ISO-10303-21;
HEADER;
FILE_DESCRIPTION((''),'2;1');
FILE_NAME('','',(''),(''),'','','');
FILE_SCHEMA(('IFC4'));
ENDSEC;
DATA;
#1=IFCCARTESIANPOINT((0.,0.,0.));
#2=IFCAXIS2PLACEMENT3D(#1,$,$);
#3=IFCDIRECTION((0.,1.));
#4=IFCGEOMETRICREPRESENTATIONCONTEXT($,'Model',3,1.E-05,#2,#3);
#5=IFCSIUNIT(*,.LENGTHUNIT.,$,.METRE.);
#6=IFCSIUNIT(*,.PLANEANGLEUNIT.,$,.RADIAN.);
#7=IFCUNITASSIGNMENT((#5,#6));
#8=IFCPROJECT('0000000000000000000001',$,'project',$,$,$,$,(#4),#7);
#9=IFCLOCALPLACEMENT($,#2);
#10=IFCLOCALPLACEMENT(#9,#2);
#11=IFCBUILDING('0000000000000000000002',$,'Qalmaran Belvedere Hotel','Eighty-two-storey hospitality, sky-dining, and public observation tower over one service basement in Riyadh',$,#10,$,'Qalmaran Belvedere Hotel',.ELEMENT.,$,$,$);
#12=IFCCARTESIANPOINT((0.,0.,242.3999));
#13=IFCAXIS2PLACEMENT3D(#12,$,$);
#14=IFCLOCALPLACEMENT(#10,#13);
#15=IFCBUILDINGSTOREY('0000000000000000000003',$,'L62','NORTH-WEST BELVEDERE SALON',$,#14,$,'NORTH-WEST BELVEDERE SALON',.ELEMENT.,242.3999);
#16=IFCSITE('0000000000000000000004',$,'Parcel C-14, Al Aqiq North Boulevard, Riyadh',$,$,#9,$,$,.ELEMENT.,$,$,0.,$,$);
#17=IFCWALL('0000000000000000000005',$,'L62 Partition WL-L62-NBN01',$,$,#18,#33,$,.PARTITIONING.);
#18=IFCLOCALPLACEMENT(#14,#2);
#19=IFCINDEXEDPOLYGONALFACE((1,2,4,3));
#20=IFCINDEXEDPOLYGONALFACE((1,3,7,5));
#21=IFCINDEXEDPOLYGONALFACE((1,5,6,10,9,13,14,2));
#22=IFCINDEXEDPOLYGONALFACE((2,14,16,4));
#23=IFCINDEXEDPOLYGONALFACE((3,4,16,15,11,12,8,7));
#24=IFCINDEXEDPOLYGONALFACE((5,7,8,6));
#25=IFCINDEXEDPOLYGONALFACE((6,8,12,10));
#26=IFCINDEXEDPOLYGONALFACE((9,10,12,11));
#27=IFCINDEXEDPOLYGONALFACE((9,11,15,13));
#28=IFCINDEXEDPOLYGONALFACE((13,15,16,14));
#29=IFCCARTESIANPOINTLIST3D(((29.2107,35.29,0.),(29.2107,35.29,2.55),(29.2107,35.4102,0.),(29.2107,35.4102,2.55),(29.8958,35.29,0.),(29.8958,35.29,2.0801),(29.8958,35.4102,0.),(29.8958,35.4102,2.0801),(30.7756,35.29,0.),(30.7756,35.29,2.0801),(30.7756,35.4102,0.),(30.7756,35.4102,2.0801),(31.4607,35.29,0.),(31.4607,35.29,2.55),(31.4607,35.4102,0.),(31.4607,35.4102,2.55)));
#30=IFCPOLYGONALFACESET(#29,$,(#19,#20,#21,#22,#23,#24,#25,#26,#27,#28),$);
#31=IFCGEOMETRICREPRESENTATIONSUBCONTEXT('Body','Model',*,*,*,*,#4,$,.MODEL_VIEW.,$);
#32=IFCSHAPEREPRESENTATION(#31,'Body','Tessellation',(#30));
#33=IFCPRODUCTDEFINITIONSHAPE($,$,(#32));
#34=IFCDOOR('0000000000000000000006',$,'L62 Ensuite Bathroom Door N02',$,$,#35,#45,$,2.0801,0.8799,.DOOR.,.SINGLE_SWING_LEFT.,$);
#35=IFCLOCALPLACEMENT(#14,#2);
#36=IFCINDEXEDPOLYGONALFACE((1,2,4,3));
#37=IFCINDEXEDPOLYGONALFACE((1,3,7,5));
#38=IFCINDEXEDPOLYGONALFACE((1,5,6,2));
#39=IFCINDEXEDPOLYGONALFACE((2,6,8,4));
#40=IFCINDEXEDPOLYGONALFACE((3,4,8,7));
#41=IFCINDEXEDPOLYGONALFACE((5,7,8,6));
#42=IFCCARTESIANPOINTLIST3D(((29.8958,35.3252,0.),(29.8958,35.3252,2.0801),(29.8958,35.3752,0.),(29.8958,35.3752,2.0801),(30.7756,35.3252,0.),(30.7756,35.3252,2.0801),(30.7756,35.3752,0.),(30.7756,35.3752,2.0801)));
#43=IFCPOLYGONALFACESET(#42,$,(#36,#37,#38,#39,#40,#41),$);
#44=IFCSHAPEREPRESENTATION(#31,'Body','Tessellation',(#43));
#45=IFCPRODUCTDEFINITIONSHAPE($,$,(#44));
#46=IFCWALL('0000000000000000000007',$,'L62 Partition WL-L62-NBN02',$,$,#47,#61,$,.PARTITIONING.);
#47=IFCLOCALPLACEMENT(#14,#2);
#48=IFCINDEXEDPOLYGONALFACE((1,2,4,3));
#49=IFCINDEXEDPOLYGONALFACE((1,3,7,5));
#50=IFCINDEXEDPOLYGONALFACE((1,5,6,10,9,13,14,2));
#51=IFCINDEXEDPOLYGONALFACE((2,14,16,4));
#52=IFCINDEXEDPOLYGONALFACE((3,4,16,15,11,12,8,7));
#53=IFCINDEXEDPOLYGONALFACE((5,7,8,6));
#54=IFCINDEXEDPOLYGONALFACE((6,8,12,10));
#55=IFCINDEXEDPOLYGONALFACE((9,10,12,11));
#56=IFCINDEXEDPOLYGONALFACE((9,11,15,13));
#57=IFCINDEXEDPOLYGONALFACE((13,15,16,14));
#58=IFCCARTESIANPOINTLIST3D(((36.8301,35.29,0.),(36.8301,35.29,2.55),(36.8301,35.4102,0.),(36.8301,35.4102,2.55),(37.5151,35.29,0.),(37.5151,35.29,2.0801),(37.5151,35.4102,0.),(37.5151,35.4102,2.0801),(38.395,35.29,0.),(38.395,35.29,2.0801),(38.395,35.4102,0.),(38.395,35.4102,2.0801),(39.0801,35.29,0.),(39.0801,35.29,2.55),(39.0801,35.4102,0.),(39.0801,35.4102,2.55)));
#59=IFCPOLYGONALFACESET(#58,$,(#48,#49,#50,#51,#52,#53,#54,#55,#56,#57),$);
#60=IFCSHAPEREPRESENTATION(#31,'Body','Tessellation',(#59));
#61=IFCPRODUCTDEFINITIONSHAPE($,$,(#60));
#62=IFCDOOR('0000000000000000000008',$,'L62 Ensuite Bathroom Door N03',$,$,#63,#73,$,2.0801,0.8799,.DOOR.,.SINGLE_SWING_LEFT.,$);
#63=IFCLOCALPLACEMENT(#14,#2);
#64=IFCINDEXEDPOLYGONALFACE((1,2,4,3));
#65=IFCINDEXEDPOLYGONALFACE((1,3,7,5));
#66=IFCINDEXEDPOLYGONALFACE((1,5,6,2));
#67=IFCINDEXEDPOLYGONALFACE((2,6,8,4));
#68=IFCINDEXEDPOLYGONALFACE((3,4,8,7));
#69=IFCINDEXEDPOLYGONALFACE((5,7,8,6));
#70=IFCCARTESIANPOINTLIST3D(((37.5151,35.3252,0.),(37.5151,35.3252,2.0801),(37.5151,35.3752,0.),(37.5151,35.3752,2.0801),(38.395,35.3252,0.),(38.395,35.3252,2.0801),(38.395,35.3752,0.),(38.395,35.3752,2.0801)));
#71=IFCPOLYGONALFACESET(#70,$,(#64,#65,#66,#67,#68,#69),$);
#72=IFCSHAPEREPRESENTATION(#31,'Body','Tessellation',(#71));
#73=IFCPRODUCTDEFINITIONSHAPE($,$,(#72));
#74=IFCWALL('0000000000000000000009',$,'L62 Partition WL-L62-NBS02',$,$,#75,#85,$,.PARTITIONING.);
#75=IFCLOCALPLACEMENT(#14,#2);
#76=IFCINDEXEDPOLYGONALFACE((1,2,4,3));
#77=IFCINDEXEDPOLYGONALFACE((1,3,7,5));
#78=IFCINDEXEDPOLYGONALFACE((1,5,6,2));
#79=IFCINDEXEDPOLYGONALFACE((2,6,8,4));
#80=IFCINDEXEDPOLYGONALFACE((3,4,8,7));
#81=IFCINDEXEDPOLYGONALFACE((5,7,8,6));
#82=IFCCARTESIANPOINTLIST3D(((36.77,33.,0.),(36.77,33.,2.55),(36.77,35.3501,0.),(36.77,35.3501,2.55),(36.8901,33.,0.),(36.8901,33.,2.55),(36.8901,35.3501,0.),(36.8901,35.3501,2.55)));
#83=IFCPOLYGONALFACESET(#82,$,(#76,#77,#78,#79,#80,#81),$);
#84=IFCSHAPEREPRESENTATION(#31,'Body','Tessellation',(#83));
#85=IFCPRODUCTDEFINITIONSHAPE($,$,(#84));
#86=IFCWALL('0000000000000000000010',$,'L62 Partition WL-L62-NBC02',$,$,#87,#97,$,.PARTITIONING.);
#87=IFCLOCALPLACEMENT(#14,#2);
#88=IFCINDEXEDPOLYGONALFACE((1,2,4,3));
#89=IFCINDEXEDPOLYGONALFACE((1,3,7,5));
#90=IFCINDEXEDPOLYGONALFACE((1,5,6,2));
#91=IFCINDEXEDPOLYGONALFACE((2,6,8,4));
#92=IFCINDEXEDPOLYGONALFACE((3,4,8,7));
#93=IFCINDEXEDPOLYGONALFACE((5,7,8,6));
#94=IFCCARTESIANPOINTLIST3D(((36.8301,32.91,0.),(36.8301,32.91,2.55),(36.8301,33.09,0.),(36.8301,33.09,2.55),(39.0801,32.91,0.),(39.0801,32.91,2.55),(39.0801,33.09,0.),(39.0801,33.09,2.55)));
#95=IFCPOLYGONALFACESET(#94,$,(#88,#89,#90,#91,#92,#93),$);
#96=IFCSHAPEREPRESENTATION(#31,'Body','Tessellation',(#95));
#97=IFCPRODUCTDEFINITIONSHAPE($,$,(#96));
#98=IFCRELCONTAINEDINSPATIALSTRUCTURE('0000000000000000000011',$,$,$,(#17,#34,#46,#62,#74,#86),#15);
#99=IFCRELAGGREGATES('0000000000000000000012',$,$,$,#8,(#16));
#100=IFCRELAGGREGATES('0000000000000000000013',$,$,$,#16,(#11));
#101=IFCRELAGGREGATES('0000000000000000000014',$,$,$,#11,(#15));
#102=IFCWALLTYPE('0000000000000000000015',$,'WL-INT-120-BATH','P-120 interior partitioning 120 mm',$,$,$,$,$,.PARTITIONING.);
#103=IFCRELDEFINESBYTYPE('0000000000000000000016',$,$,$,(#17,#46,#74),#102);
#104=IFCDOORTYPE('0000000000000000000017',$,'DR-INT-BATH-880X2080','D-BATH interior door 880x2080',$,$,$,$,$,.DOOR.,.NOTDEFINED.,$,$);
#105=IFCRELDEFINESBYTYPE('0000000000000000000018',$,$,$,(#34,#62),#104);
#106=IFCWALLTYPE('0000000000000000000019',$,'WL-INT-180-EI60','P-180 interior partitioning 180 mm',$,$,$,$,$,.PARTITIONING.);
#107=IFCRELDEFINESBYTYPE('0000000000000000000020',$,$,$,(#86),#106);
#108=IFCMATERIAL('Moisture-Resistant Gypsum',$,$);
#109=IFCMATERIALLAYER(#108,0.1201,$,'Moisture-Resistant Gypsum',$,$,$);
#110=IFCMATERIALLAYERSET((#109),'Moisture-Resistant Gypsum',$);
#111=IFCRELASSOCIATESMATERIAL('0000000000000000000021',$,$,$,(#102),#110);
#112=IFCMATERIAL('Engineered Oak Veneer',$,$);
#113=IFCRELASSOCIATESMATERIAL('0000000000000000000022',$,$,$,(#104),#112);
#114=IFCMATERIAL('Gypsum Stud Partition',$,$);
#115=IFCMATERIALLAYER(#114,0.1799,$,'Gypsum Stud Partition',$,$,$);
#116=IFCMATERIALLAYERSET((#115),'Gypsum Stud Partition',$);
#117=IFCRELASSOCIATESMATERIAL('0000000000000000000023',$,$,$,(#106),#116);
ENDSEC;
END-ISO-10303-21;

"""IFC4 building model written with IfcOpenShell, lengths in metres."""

from ifc_helpers import new_model, si_unit, direction, frame, frame_2d, origin, place, context, subcontext, project, spatial, rectangle, extrude, material, layer, layer_set, type_object, element, fill, save


model = new_model("IFC4")

# Units and contexts
model_context = context("Model", 3, precision=1e-05, world=origin(), true_north=direction((0.0, 1.0)))
body_context = subcontext(model_context, "Body", "Model", "MODEL_VIEW")
ifc_project = project(units=[si_unit("LENGTHUNIT", "METRE"), si_unit("PLANEANGLEUNIT", "RADIAN")], contexts=[model_context])

# Site, building, storey
site_placement = place(None, origin())
site = spatial("IfcSite", under=ifc_project, at=site_placement, Name="Parcel C-14, Al Aqiq North Boulevard, Riyadh", CompositionType="ELEMENT", RefElevation=0.0)
building_placement = place(site_placement, origin())
building = spatial("IfcBuilding", under=site, at=building_placement, Name="Qalmaran Belvedere Hotel", Description="Eighty-two-storey hospitality, sky-dining, and public observation tower over one service basement in Riyadh", LongName="Qalmaran Belvedere Hotel", CompositionType="ELEMENT")
storey_placement = place(building_placement, frame((0.0, 0.0, 242.3999)))
storey = spatial("IfcBuildingStorey", under=building, at=storey_placement, Name="L62", Description="NORTH-WEST BELVEDERE SALON", LongName="NORTH-WEST BELVEDERE SALON", CompositionType="ELEMENT", Elevation=242.3999)

# Walls, openings, doors
ifc_material_1 = material(Name="Moisture-Resistant Gypsum")
ifc_layer_1 = layer(ifc_material_1, 0.1201, Name="Moisture-Resistant Gypsum")
ifc_layer_set_1 = layer_set([ifc_layer_1], Name="Moisture-Resistant Gypsum")
wall_type_1 = type_object("IfcWallType", Name="WL-INT-120-BATH", Description="P-120 interior partitioning 120 mm", PredefinedType="PARTITIONING", material=ifc_layer_set_1)
wall_1_placement = place(storey_placement, frame((29.2107, 35.3501, 0.0), z_axis=(0.0, 0.0, 1.0), x_axis=(1.0, 0.0, 0.0)))
wall_1 = element("IfcWall", 1, at=wall_1_placement, inside=storey, type_object=wall_type_1, Name="L62 Partition WL-L62-NBN01", PredefinedType="PARTITIONING", context=body_context, shape_type="SweptSolid", body=[
    extrude(rectangle(XDim=2.25, YDim=0.1201, at=frame_2d((1.125, 0.0))), origin(), (0.0, 0.0, 1.0), 2.55),
])
opening_1_placement = place(wall_1_placement, frame((1.5649, 0.0, 0.0), z_axis=(0.0, 0.0, 1.0), x_axis=(-1.0, 0.0, 0.0)))
opening_1 = element("IfcOpeningElement", 2, at=opening_1_placement, cuts=wall_1, PredefinedType="OPENING", context=body_context, shape_type="SweptSolid", body=[
    extrude(rectangle(XDim=0.8799, YDim=2.0801, at=frame_2d((0.4399, 1.04))), frame((0.0, 0.0701, 0.0), z_axis=(0.0, -1.0, 0.0), x_axis=(1.0, 0.0, 0.0)), (0.0, 0.0, 1.0), 0.1401),
])
ifc_material_2 = material(Name="Engineered Oak Veneer")
door_type_1 = type_object("IfcDoorType", Name="DR-INT-BATH-880X2080", Description="D-BATH interior door 880x2080", OperationType="NOTDEFINED", PredefinedType="DOOR", material=ifc_material_2)
door_1_placement = place(opening_1_placement, origin())
door_1 = element("IfcDoor", 3, at=door_1_placement, inside=storey, type_object=door_type_1, Name="L62 Ensuite Bathroom Door N02", OperationType="SINGLE_SWING_LEFT", OverallHeight=2.0801, OverallWidth=0.8799, PredefinedType="DOOR", context=body_context, shape_type="SweptSolid", body=[
    extrude(rectangle(XDim=0.8799, YDim=2.0801, at=frame_2d((0.4399, 1.04))), frame((0.0, 0.0249, 0.0), z_axis=(0.0, -1.0, 0.0), x_axis=(1.0, 0.0, 0.0)), (0.0, 0.0, 1.0), 0.05),
])
fill(opening_1, door_1)
wall_2_placement = place(storey_placement, frame((36.8301, 35.3501, 0.0), z_axis=(0.0, 0.0, 1.0), x_axis=(1.0, 0.0, 0.0)))
wall_2 = element("IfcWall", 4, at=wall_2_placement, inside=storey, type_object=wall_type_1, Name="L62 Partition WL-L62-NBN02", PredefinedType="PARTITIONING", context=body_context, shape_type="SweptSolid", body=[
    extrude(rectangle(XDim=2.25, YDim=0.1201, at=frame_2d((1.125, 0.0))), origin(), (0.0, 0.0, 1.0), 2.55),
])
opening_2_placement = place(wall_2_placement, frame((1.5649, 0.0, 0.0), z_axis=(0.0, 0.0, 1.0), x_axis=(-1.0, 0.0, 0.0)))
opening_2 = element("IfcOpeningElement", 5, at=opening_2_placement, cuts=wall_2, PredefinedType="OPENING", context=body_context, shape_type="SweptSolid", body=[
    extrude(rectangle(XDim=0.8799, YDim=2.0801, at=frame_2d((0.4399, 1.04))), frame((0.0, 0.0701, 0.0), z_axis=(0.0, -1.0, 0.0), x_axis=(1.0, 0.0, 0.0)), (0.0, 0.0, 1.0), 0.1401),
])
door_2_placement = place(opening_2_placement, origin())
door_2 = element("IfcDoor", 6, at=door_2_placement, inside=storey, type_object=door_type_1, Name="L62 Ensuite Bathroom Door N03", OperationType="SINGLE_SWING_LEFT", OverallHeight=2.0801, OverallWidth=0.8799, PredefinedType="DOOR", context=body_context, shape_type="SweptSolid", body=[
    extrude(rectangle(XDim=0.8799, YDim=2.0801, at=frame_2d((0.4399, 1.04))), frame((0.0, 0.0249, 0.0), z_axis=(0.0, -1.0, 0.0), x_axis=(1.0, 0.0, 0.0)), (0.0, 0.0, 1.0), 0.05),
])
fill(opening_2, door_2)

# Walls
wall_3_placement = place(storey_placement, frame((36.8301, 33.0, 0.0), z_axis=(0.0, 0.0, 1.0), x_axis=(0.0, 1.0, 0.0)))
element("IfcWall", 7, at=wall_3_placement, inside=storey, type_object=wall_type_1, Name="L62 Partition WL-L62-NBS02", PredefinedType="PARTITIONING", context=body_context, shape_type="SweptSolid", body=[
    extrude(rectangle(XDim=2.3501, YDim=0.1201, at=frame_2d((1.175, 0.0))), origin(), (0.0, 0.0, 1.0), 2.55),
])
ifc_material_3 = material(Name="Gypsum Stud Partition")
ifc_layer_2 = layer(ifc_material_3, 0.1799, Name="Gypsum Stud Partition")
ifc_layer_set_2 = layer_set([ifc_layer_2], Name="Gypsum Stud Partition")
wall_type_2 = type_object("IfcWallType", Name="WL-INT-180-EI60", Description="P-180 interior partitioning 180 mm", PredefinedType="PARTITIONING", material=ifc_layer_set_2)
wall_4_placement = place(storey_placement, frame((36.8301, 33.0, 0.0), z_axis=(0.0, 0.0, 1.0), x_axis=(1.0, 0.0, 0.0)))
element("IfcWall", 8, at=wall_4_placement, inside=storey, type_object=wall_type_2, Name="L62 Partition WL-L62-NBC02", PredefinedType="PARTITIONING", context=body_context, shape_type="SweptSolid", body=[
    extrude(rectangle(XDim=2.25, YDim=0.1799, at=frame_2d((1.125, 0.0))), origin(), (0.0, 0.0, 1.0), 2.55),
])

save(model, "model.ifc")
